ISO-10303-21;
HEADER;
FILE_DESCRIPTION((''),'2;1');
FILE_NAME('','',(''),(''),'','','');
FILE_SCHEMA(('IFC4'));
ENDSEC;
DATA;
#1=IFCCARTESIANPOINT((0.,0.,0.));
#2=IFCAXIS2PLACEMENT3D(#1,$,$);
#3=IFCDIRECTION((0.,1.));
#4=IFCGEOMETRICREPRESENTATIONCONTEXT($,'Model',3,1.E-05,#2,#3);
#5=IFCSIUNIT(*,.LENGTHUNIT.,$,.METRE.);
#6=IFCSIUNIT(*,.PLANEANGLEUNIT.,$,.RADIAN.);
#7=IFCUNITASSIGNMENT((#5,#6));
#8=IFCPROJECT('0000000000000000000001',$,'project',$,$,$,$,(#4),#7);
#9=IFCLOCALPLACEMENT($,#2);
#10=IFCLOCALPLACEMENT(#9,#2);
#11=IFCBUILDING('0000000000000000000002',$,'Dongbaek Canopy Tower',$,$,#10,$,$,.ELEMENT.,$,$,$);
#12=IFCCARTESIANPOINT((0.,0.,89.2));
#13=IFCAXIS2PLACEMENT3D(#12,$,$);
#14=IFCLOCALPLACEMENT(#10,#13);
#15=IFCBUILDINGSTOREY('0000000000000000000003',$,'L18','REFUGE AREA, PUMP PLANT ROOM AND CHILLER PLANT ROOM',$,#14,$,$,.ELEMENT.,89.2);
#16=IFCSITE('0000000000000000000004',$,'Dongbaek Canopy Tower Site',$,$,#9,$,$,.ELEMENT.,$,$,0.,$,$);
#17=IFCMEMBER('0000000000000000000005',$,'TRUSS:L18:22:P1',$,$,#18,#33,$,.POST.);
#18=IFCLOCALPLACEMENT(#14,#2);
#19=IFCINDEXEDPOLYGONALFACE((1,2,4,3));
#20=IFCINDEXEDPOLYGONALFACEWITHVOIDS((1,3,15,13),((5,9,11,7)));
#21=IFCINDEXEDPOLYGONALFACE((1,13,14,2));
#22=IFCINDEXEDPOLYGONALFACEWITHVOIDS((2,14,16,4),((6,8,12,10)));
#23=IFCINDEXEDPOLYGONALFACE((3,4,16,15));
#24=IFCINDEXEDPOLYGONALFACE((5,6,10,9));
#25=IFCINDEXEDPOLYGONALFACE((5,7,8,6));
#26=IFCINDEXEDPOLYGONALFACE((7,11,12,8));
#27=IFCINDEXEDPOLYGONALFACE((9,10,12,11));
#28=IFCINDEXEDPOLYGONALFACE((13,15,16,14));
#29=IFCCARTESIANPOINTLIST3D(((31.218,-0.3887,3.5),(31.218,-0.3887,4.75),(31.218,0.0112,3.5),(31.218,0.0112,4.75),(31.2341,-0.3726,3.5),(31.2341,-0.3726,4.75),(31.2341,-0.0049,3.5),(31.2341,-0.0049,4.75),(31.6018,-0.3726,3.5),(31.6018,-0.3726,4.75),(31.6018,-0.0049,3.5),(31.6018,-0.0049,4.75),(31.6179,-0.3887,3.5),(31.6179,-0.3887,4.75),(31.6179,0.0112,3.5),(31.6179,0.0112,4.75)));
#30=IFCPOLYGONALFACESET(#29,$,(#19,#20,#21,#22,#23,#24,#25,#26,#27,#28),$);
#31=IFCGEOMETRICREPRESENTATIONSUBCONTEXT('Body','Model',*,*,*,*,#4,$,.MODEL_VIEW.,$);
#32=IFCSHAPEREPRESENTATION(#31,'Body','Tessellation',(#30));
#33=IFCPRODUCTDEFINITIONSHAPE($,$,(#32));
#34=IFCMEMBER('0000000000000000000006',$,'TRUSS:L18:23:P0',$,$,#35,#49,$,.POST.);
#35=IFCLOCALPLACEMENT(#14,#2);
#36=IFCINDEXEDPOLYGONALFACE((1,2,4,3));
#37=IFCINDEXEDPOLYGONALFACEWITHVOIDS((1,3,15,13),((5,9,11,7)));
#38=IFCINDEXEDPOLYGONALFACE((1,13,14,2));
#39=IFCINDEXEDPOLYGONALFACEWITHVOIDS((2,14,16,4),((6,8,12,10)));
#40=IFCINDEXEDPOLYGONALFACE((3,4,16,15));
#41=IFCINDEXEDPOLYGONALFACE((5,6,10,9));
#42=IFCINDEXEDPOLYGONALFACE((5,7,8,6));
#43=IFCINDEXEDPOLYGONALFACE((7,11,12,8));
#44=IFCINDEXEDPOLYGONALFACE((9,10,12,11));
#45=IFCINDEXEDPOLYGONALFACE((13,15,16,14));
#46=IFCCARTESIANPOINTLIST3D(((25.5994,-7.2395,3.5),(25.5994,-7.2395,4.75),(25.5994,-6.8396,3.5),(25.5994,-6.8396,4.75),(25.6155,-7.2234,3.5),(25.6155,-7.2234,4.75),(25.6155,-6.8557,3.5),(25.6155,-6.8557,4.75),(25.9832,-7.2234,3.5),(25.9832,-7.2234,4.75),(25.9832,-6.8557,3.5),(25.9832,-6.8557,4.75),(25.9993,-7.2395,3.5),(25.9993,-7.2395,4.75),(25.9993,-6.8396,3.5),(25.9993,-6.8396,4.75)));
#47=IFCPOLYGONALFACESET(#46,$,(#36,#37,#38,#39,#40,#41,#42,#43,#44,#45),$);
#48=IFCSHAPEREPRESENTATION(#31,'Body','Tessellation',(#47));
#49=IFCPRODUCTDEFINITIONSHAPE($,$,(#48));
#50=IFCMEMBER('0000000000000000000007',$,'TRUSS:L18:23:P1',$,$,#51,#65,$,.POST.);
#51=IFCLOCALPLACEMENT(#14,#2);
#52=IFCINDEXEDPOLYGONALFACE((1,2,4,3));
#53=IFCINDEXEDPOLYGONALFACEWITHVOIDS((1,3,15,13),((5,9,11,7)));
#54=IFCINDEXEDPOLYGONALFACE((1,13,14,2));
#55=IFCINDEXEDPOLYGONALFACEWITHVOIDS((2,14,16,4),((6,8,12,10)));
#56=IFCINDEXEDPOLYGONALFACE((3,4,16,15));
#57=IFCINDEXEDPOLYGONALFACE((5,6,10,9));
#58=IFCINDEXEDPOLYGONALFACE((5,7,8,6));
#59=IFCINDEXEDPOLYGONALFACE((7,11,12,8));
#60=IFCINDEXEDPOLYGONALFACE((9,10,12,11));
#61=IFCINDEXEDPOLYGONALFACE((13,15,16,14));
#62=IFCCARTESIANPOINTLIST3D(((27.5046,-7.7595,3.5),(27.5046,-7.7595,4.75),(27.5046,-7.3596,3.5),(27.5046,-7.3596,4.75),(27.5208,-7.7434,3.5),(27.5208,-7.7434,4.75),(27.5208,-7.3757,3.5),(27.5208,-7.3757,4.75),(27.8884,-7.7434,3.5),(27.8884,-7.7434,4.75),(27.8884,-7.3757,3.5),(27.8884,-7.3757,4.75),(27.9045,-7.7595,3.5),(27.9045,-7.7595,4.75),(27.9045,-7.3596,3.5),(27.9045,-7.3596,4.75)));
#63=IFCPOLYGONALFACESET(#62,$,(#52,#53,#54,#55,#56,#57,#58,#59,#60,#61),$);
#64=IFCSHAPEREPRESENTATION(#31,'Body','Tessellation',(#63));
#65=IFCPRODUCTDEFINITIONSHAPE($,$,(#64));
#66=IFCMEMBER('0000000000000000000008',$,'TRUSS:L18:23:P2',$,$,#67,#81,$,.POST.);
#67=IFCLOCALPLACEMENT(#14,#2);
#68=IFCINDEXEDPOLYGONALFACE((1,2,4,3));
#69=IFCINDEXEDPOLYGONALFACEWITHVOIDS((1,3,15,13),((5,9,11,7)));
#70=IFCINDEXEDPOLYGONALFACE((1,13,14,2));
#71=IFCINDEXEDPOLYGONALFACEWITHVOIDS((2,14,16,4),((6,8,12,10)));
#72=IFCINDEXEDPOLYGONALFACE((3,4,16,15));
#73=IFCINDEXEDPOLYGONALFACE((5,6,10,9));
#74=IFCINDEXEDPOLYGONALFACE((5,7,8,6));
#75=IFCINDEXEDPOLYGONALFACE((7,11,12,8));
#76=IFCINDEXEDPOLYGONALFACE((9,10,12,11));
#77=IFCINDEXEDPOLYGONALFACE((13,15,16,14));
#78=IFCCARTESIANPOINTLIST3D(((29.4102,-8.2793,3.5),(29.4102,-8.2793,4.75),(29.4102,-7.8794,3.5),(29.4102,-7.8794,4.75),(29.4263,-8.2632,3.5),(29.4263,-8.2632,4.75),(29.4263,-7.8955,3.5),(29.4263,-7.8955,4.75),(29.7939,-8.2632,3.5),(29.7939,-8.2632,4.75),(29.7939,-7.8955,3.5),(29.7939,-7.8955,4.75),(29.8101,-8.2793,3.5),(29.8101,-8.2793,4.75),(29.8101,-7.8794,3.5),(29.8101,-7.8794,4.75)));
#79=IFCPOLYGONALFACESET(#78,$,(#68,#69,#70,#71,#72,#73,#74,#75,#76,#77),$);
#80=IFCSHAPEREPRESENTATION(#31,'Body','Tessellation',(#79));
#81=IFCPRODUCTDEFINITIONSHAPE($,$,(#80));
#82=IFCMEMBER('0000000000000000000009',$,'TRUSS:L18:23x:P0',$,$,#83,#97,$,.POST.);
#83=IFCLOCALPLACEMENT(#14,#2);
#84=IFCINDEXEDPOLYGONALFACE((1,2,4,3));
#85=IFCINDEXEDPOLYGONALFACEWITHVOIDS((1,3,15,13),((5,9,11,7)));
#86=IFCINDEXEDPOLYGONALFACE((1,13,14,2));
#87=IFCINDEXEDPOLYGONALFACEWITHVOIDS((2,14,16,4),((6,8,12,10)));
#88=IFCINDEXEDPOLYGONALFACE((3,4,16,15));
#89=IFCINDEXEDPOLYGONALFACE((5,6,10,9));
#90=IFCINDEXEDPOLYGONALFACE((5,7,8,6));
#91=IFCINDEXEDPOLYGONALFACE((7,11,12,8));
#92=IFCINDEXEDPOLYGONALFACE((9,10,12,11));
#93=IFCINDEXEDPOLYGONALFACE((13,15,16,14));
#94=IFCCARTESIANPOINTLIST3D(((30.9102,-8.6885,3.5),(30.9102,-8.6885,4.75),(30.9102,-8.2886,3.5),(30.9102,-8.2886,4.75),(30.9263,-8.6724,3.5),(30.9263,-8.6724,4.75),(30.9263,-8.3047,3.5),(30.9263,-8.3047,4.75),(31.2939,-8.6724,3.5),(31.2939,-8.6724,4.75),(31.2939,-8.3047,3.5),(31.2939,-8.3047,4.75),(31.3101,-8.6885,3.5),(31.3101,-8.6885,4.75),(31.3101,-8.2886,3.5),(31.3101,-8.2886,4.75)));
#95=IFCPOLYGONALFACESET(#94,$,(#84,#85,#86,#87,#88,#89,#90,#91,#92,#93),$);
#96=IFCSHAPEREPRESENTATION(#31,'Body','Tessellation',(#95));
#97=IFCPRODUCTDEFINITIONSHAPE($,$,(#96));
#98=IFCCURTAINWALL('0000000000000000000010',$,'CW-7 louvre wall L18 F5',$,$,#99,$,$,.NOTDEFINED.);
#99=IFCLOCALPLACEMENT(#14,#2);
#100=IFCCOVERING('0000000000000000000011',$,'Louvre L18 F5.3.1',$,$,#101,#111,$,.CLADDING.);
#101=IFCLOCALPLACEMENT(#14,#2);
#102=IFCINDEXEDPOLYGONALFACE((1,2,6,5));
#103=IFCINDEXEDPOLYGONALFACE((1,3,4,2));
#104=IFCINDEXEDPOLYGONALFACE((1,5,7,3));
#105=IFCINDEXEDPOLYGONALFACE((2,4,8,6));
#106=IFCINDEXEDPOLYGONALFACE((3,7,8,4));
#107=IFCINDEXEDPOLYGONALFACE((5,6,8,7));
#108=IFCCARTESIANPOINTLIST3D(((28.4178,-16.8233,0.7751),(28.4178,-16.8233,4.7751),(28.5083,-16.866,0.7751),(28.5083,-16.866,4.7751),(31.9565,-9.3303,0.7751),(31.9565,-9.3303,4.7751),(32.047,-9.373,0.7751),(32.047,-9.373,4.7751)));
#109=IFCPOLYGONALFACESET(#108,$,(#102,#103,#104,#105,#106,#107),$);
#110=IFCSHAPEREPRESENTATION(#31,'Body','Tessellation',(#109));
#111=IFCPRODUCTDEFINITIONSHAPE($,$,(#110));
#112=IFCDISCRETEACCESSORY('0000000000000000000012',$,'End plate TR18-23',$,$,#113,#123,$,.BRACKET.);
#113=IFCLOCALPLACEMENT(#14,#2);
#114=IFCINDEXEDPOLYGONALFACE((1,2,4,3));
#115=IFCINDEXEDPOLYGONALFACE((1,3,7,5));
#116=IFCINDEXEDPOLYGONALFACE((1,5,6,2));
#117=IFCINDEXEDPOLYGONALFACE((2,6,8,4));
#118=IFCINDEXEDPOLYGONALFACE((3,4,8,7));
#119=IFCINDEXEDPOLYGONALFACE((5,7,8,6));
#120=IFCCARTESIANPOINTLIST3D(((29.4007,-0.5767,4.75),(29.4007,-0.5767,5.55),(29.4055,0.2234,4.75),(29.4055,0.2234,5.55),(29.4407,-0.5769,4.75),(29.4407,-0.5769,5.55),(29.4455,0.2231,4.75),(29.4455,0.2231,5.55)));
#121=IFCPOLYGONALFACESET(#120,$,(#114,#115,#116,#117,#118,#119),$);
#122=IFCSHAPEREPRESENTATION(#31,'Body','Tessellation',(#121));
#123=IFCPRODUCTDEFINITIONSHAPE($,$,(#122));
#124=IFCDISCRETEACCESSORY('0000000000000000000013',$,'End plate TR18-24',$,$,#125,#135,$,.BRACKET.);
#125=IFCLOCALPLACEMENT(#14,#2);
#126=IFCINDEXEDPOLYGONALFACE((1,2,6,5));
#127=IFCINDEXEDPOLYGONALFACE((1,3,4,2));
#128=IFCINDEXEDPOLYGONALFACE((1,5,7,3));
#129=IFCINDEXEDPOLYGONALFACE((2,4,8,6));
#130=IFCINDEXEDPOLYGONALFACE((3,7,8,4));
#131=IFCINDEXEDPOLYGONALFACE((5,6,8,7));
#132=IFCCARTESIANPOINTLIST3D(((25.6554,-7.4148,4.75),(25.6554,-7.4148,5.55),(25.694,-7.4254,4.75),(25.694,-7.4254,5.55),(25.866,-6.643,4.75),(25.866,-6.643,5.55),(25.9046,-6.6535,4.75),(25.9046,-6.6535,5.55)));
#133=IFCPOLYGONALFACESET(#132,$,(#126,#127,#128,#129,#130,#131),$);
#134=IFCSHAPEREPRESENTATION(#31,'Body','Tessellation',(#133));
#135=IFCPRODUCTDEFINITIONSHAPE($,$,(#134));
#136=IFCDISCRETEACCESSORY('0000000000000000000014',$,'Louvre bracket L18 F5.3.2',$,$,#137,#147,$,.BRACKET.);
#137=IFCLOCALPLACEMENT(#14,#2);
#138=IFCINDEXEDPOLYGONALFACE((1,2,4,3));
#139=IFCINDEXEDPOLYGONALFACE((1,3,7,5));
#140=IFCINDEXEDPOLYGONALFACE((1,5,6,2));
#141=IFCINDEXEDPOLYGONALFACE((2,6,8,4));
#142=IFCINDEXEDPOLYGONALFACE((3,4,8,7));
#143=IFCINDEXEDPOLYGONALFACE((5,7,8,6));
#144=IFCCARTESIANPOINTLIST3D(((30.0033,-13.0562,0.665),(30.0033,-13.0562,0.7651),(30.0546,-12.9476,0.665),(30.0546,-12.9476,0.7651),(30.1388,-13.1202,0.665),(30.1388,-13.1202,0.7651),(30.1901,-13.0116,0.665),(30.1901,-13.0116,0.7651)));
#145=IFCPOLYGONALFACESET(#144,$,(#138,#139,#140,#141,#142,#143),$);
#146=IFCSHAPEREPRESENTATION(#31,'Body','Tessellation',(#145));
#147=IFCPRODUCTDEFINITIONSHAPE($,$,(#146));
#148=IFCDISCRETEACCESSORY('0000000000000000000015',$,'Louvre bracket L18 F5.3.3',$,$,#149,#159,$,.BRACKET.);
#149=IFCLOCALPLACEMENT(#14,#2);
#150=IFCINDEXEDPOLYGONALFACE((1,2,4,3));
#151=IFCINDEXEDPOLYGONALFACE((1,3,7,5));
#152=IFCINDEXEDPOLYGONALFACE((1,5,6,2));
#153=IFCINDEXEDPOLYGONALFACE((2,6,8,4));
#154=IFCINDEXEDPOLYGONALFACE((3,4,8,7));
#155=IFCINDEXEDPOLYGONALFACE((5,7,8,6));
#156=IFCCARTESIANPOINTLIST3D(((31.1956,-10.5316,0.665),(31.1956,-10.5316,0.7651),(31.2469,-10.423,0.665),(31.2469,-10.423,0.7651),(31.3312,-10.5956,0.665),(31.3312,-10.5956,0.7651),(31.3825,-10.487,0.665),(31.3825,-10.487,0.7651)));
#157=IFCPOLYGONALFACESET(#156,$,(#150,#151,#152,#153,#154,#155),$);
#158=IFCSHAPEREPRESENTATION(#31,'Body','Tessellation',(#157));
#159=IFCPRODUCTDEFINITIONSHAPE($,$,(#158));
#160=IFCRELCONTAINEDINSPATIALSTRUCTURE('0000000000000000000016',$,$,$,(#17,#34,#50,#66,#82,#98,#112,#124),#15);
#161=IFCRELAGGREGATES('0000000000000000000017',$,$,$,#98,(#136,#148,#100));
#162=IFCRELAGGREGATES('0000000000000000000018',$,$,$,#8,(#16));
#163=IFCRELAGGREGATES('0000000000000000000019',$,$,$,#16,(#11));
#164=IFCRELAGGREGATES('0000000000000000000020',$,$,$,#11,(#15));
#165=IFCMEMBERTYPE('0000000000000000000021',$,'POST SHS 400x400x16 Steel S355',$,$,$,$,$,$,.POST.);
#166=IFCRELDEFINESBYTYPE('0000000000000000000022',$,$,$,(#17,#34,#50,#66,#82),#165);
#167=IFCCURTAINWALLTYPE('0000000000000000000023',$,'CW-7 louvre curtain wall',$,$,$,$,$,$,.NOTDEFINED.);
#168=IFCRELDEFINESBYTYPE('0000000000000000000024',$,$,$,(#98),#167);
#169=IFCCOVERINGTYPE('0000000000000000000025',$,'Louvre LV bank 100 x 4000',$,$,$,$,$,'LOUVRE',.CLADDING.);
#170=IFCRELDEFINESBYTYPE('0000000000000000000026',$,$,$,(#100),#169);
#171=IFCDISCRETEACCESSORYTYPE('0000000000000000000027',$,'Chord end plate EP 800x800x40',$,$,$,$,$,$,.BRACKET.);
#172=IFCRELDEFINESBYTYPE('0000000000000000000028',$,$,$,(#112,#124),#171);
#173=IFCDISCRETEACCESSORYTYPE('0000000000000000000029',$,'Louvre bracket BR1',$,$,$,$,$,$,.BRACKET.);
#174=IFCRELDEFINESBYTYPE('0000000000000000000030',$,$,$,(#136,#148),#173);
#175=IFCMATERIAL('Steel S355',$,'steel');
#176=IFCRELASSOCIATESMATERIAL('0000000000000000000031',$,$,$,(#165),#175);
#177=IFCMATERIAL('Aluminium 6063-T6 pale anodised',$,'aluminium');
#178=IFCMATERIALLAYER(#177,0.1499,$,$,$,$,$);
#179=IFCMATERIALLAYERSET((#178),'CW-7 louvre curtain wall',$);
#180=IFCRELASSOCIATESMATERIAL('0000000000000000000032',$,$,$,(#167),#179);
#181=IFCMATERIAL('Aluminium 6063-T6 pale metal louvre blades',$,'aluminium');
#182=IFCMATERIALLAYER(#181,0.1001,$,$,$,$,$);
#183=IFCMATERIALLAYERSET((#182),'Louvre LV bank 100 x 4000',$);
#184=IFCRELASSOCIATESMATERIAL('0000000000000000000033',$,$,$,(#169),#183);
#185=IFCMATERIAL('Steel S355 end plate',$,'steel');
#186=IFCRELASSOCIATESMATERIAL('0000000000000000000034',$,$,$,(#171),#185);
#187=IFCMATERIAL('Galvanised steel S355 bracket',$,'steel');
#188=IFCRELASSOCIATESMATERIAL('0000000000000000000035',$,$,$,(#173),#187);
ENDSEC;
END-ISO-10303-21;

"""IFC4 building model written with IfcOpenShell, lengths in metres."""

from ifc_helpers import new_model, si_unit, direction, frame, origin, origin_2d, place, context, subcontext, project, spatial, rectangle, hollow_rectangle, extrude, material, layer, layer_set, material_profile, profile_set, type_object, element, aggregate, save


model = new_model("IFC4")

# Units and contexts
model_context = context("Model", 3, precision=1e-05, world=origin(), true_north=direction((0.0, 1.0)))
body_context = subcontext(model_context, "Body", "Model", "MODEL_VIEW")
ifc_project = project(units=[si_unit("LENGTHUNIT", "METRE"), si_unit("PLANEANGLEUNIT", "RADIAN")], contexts=[model_context])

# Site, building, storey
site_placement = place(None, origin())
site = spatial("IfcSite", under=ifc_project, at=site_placement, Name="Dongbaek Canopy Tower Site", CompositionType="ELEMENT", RefElevation=0.0)
building_placement = place(site_placement, origin())
building = spatial("IfcBuilding", under=site, at=building_placement, Name="Dongbaek Canopy Tower", CompositionType="ELEMENT")
storey_placement = place(building_placement, frame((0.0, 0.0, 89.2)))
storey = spatial("IfcBuildingStorey", under=building, at=storey_placement, Name="L18", Description="REFUGE AREA, PUMP PLANT ROOM AND CHILLER PLANT ROOM", CompositionType="ELEMENT", Elevation=89.2)

# Members
ifc_material_1 = material(Name="Steel S355", Category="steel")
ifc_material_profile_1 = material_profile(ifc_material_1, hollow_rectangle(XDim=0.3999, YDim=0.3999, WallThickness=0.0161, at=origin_2d()), Name="POST SHS 400x400x16 Steel S355")
ifc_profile_set_1 = profile_set([ifc_material_profile_1], Name="Steel S355")
member_type_1 = type_object("IfcMemberType", Name="POST SHS 400x400x16 Steel S355", PredefinedType="POST", material=ifc_profile_set_1)
for number, where, z_axis, x_axis, name in (
    (1, (31.418, -0.1887, 3.5), (0.0, 0.0, 1.0), (1.0, 0.0, 0.0), "TRUSS:L18:22:P1"),
    (2, (25.7993, -7.0396, 3.5), (0.0, 0.0, 1.0), (1.0, 0.0, 0.0), "TRUSS:L18:23:P0"),
    (3, (27.7046, -7.5596, 3.5), (0.0, 0.0, 1.0), (1.0, 0.0, 0.0), "TRUSS:L18:23:P1"),
    (4, (29.6101, -8.0793, 3.5), (0.0, 0.0, 1.0), (1.0, 0.0, 0.0), "TRUSS:L18:23:P2"),
    (5, (31.1101, -8.4885, 3.5), (0.0, 0.0, 1.0), (1.0, 0.0, 0.0), "TRUSS:L18:23x:P0"),
):
    element("IfcMember", number, at=place(storey_placement, frame(where, z_axis=z_axis, x_axis=x_axis)), inside=storey, type_object=member_type_1, Name=name, PredefinedType="POST", context=body_context, shape_type="SweptSolid", body=[
        extrude(hollow_rectangle(XDim=0.3999, YDim=0.3999, WallThickness=0.0161, at=origin_2d()), origin(), (0.0, 0.0, 1.0), 1.25),
    ])

# Curtain wall, covering
ifc_material_2 = material(Name="Aluminium 6063-T6 pale anodised", Category="aluminium")
ifc_layer_1 = layer(ifc_material_2, 0.1499)
ifc_layer_set_1 = layer_set([ifc_layer_1], Name="CW-7 louvre curtain wall")
curtain_wall_type = type_object("IfcCurtainWallType", Name="CW-7 louvre curtain wall", PredefinedType="NOTDEFINED", material=ifc_layer_set_1)
curtain_wall_placement = place(storey_placement, origin())
curtain_wall = element("IfcCurtainWall", 6, at=curtain_wall_placement, inside=storey, type_object=curtain_wall_type, Name="CW-7 louvre wall L18 F5", PredefinedType="NOTDEFINED")
ifc_material_3 = material(Name="Aluminium 6063-T6 pale metal louvre blades", Category="aluminium")
ifc_layer_2 = layer(ifc_material_3, 0.1001)
ifc_layer_set_2 = layer_set([ifc_layer_2], Name="Louvre LV bank 100 x 4000")
covering_type = type_object("IfcCoveringType", Name="Louvre LV bank 100 x 4000", ElementType="LOUVRE", PredefinedType="CLADDING", material=ifc_layer_set_2)
covering_placement = place(storey_placement, frame((30.2324, -13.0981, 0.7751), z_axis=(0.0, 0.0, 1.0), x_axis=(0.427039, 0.904233, 0.0)))
covering = element("IfcCovering", 7, at=covering_placement, type_object=covering_type, Name="Louvre L18 F5.3.1", PredefinedType="CLADDING", context=body_context, shape_type="SweptSolid", body=[
    extrude(rectangle(XDim=8.2866, YDim=0.1001, at=origin_2d()), origin(), (0.0, 0.0, 1.0), 4.0),
])

# Discrete accessories
ifc_material_4 = material(Name="Steel S355 end plate", Category="steel")
discrete_accessory_type_1 = type_object("IfcDiscreteAccessoryType", Name="Chord end plate EP 800x800x40", PredefinedType="BRACKET", material=ifc_material_4)
for number, where, z_axis, x_axis, name in (
    (8, (29.4231, -0.1768, 4.75), (0.0, 0.0, 1.0), (0.999982, -0.006004, 0.0), "End plate TR18-23"),
    (9, (25.78, -7.0342, 4.75), (0.0, 0.0, 1.0), (0.964732, -0.263235, 0.0), "End plate TR18-24"),
):
    element("IfcDiscreteAccessory", number, at=place(storey_placement, frame(where, z_axis=z_axis, x_axis=x_axis)), inside=storey, type_object=discrete_accessory_type_1, Name=name, PredefinedType="BRACKET", context=body_context, shape_type="SweptSolid", body=[
        extrude(rectangle(XDim=0.04, YDim=0.8, at=origin_2d()), origin(), (0.0, 0.0, 1.0), 0.8),
    ])

# Discrete accessories
ifc_material_5 = material(Name="Galvanised steel S355 bracket", Category="steel")
discrete_accessory_type_2 = type_object("IfcDiscreteAccessoryType", Name="Louvre bracket BR1", PredefinedType="BRACKET", material=ifc_material_5)
discrete_accessory_1_placement = place(storey_placement, frame((30.0967, -13.0339, 0.665), z_axis=(0.0, 0.0, 1.0), x_axis=(0.427039, 0.904233, 0.0)))
discrete_accessory_1 = element("IfcDiscreteAccessory", 10, at=discrete_accessory_1_placement, type_object=discrete_accessory_type_2, Name="Louvre bracket L18 F5.3.2", PredefinedType="BRACKET", context=body_context, shape_type="SweptSolid", body=[
    extrude(rectangle(XDim=0.1201, YDim=0.1499, at=origin_2d()), origin(), (0.0, 0.0, 1.0), 0.1001),
])
discrete_accessory_2_placement = place(storey_placement, frame((31.2891, -10.5093, 0.665), z_axis=(0.0, 0.0, 1.0), x_axis=(0.427039, 0.904233, 0.0)))
discrete_accessory_2 = element("IfcDiscreteAccessory", 11, at=discrete_accessory_2_placement, type_object=discrete_accessory_type_2, Name="Louvre bracket L18 F5.3.3", PredefinedType="BRACKET", context=body_context, shape_type="SweptSolid", body=[
    extrude(rectangle(XDim=0.1201, YDim=0.1499, at=origin_2d()), origin(), (0.0, 0.0, 1.0), 0.1001),
])
aggregate(curtain_wall, [discrete_accessory_1, discrete_accessory_2, covering])

save(model, "model.ifc")
